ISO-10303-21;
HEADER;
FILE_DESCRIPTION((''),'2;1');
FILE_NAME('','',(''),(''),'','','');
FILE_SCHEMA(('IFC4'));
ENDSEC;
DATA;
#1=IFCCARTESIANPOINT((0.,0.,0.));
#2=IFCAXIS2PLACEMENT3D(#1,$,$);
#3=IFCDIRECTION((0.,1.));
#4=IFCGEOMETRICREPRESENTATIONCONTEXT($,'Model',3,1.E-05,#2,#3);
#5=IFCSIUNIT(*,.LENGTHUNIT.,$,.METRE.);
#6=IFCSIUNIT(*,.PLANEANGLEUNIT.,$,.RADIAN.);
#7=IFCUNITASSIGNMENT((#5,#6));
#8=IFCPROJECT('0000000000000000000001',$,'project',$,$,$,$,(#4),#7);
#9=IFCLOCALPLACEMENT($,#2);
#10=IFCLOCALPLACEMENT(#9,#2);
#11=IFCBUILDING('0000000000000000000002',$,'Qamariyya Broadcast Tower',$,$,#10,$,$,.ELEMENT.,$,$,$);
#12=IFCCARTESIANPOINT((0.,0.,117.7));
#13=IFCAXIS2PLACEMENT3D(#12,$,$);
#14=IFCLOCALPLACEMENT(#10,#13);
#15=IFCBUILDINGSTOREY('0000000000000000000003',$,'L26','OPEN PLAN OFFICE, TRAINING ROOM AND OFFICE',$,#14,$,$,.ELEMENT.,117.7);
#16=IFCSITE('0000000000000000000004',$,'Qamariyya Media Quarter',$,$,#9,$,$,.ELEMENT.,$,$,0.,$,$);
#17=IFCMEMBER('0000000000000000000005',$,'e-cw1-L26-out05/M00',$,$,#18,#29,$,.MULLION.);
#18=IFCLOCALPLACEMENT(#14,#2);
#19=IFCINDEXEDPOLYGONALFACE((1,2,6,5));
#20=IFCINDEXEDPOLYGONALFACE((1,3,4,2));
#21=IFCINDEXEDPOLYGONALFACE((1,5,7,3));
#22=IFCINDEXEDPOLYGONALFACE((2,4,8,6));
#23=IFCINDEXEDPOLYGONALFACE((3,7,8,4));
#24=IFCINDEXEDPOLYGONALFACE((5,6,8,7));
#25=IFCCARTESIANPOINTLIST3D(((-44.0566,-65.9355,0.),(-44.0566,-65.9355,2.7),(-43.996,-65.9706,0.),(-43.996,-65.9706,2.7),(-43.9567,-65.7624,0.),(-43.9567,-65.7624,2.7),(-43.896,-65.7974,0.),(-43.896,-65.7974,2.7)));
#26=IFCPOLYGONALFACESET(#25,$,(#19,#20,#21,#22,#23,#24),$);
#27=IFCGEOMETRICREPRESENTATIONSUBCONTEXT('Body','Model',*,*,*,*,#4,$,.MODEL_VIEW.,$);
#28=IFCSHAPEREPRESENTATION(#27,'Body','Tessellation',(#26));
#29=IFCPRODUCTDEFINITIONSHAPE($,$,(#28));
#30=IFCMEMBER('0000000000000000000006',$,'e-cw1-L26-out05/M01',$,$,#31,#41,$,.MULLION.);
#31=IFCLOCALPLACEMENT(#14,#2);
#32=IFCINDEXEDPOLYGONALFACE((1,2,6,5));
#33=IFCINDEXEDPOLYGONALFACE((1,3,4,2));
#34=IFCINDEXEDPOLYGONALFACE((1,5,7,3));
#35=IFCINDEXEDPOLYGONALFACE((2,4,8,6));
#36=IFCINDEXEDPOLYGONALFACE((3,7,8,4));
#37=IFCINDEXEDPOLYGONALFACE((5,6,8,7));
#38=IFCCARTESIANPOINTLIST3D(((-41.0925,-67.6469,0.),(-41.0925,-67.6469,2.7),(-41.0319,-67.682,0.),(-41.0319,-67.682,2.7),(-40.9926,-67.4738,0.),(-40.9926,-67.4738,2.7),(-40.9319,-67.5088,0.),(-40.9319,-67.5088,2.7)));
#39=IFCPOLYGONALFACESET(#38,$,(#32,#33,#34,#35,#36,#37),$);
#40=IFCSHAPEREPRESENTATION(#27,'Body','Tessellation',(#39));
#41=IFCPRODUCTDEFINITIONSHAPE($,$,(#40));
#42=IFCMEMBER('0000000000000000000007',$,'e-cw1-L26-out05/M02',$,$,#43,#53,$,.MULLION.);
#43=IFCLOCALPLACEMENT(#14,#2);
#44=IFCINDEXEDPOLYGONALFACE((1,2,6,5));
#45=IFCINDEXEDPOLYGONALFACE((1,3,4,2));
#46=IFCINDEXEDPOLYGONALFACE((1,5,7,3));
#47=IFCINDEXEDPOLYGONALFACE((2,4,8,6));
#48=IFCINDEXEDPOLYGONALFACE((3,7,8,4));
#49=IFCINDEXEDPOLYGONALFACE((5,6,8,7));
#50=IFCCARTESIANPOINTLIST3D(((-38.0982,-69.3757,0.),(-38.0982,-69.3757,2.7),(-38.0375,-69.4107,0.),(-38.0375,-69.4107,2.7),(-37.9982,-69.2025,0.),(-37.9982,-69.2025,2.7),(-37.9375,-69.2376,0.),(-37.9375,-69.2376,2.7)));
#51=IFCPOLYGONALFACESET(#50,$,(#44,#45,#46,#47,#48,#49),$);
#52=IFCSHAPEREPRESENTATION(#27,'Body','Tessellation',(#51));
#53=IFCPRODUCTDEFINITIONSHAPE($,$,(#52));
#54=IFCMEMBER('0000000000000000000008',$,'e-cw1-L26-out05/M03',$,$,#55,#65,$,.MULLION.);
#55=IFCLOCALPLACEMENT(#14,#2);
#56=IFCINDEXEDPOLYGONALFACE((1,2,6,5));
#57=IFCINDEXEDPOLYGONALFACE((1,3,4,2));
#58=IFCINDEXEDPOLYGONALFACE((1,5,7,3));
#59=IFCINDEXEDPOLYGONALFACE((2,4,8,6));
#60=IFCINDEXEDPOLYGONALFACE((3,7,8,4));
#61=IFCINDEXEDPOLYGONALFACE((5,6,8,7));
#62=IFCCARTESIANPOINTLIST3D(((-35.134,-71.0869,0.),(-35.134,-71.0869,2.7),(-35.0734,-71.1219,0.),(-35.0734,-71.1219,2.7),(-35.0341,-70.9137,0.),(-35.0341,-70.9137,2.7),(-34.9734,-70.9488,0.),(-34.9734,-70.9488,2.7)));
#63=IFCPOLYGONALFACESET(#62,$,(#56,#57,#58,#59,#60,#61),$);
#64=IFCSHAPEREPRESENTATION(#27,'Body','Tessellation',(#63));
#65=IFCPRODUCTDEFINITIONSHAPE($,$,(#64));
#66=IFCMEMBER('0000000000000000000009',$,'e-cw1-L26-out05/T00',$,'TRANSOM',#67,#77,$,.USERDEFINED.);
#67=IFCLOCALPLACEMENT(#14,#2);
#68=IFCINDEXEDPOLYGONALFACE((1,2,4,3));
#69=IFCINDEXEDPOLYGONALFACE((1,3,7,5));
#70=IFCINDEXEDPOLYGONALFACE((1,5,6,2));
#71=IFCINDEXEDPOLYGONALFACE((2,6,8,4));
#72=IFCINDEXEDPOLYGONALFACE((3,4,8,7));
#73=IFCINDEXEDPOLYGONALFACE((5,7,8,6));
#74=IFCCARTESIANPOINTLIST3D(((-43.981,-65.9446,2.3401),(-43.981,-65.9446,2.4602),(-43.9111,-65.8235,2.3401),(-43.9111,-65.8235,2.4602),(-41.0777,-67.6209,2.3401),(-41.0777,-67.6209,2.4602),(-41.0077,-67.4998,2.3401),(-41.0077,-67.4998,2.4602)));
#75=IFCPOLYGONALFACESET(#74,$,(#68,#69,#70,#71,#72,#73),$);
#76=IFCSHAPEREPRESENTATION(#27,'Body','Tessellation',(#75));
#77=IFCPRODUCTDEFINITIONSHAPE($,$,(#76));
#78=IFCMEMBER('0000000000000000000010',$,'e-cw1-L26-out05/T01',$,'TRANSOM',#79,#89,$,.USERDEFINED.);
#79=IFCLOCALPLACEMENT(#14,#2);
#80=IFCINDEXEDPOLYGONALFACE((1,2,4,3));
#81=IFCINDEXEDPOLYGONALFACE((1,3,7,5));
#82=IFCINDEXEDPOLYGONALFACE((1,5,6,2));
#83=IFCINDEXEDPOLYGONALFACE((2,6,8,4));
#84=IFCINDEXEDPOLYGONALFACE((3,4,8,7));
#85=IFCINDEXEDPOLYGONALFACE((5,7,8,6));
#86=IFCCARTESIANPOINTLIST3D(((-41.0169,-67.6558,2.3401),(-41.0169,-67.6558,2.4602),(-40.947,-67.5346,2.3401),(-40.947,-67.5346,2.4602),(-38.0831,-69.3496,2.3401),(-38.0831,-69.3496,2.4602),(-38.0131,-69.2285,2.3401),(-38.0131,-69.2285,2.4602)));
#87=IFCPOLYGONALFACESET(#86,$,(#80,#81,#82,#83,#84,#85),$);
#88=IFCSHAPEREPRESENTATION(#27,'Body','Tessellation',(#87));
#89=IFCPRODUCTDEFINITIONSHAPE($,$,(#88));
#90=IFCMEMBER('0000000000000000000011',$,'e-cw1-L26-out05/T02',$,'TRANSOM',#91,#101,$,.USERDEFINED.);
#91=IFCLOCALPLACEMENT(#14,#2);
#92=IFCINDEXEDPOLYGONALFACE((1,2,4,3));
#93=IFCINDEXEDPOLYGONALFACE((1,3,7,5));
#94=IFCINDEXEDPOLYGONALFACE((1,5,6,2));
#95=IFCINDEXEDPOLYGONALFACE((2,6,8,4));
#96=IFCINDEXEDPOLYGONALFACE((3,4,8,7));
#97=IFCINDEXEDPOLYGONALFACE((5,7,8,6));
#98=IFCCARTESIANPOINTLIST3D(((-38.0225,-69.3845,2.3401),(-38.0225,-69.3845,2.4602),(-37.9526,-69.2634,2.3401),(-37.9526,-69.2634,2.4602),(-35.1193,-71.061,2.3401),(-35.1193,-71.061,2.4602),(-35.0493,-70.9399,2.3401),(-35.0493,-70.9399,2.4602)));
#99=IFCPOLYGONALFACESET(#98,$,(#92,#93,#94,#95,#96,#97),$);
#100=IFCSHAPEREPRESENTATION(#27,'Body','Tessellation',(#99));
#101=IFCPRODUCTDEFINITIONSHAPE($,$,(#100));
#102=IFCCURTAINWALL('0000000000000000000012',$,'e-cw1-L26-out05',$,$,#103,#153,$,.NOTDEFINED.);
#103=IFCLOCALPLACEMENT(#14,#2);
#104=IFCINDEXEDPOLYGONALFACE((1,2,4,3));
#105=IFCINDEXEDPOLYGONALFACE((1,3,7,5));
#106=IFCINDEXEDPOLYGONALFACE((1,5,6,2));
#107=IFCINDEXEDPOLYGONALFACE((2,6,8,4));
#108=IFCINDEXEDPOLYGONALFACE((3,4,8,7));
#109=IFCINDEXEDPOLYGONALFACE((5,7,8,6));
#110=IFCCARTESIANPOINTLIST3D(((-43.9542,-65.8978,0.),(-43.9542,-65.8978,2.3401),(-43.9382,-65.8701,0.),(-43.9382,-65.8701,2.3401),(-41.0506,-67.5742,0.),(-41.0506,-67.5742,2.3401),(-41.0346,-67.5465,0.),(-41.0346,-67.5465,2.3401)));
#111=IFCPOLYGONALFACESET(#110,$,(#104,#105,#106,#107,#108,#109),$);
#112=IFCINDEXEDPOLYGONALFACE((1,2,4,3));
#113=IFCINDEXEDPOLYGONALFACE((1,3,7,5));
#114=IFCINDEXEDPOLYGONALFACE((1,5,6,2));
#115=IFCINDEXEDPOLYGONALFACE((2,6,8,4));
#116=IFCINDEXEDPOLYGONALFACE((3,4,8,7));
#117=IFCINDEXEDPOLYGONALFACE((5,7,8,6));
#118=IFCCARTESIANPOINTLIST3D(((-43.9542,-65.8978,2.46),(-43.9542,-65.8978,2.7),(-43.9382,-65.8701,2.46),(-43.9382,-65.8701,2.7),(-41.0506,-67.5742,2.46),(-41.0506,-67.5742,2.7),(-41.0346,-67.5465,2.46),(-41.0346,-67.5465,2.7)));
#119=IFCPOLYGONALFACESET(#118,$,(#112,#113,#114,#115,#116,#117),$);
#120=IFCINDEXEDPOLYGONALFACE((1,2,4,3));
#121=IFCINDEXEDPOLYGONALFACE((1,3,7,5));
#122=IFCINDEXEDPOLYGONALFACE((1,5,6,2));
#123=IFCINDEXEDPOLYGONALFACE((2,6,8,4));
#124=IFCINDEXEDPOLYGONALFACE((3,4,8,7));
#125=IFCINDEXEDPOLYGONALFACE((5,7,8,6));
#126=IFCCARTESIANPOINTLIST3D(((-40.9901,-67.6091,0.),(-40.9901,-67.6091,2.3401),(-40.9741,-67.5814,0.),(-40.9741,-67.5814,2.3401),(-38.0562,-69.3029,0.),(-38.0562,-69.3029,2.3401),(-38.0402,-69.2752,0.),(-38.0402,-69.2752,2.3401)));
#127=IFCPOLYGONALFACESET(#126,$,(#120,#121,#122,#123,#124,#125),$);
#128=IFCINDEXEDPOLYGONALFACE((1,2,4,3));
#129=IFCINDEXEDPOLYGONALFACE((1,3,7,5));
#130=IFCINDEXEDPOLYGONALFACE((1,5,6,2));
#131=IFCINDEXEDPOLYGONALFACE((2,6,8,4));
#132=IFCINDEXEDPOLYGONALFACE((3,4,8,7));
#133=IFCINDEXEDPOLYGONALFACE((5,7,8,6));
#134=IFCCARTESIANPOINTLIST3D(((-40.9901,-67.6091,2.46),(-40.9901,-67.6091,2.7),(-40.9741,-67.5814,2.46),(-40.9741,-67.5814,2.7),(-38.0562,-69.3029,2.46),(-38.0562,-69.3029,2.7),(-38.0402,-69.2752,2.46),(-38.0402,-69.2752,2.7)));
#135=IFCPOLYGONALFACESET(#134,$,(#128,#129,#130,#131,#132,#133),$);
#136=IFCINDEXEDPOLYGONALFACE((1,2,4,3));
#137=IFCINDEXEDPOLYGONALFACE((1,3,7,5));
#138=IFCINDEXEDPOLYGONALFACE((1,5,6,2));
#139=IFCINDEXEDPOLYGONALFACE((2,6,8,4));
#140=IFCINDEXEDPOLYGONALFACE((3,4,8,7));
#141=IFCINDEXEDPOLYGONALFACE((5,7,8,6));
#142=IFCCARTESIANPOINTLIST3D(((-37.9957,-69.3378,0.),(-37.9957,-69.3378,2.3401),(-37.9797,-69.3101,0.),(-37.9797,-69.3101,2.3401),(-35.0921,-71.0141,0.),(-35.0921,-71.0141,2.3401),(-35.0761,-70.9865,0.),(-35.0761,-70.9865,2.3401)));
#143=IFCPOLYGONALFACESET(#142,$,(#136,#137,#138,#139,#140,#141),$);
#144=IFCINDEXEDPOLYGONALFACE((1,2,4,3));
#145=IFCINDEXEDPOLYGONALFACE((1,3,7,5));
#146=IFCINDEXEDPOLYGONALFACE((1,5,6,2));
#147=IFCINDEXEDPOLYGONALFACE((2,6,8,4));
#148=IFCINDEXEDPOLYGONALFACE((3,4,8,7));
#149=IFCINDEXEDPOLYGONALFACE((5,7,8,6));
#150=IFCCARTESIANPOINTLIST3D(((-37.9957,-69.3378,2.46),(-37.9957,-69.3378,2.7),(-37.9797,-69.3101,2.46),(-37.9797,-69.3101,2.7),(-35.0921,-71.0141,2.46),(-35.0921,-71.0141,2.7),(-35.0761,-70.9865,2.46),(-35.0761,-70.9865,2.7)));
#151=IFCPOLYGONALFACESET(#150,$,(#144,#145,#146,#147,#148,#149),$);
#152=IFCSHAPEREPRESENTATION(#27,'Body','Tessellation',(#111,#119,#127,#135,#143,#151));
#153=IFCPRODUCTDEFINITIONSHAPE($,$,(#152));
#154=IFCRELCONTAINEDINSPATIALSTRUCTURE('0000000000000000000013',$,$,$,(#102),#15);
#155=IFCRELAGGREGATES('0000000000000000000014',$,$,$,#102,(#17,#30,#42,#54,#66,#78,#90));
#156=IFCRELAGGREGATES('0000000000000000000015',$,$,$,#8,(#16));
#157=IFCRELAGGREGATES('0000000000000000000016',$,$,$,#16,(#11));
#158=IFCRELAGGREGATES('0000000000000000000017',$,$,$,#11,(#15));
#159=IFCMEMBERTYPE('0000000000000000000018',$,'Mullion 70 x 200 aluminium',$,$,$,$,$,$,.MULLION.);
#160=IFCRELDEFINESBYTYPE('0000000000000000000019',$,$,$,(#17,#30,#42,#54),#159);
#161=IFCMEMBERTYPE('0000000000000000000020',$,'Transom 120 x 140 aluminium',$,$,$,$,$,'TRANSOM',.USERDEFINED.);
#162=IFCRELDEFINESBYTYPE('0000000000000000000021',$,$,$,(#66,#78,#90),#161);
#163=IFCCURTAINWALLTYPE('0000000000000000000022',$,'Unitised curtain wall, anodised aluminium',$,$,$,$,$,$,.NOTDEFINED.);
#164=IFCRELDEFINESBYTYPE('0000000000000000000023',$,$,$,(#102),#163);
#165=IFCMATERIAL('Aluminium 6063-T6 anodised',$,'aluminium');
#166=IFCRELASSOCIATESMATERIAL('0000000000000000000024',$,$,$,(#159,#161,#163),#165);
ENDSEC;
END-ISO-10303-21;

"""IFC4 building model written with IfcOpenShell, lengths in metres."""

from ifc_helpers import new_model, si_unit, direction, frame, origin, origin_2d, place, context, subcontext, project, spatial, rectangle, extrude, material, material_profile, profile_set, type_object, element, aggregate, save


model = new_model("IFC4")

# Units and contexts
model_context = context("Model", 3, precision=1e-05, world=origin(), true_north=direction((0.0, 1.0)))
body_context = subcontext(model_context, "Body", "Model", "MODEL_VIEW")
ifc_project = project(units=[si_unit("LENGTHUNIT", "METRE"), si_unit("PLANEANGLEUNIT", "RADIAN")], contexts=[model_context])

# Members
ifc_material = material(Name="Aluminium 6063-T6 anodised", Category="aluminium")
ifc_material_profile_1 = material_profile(ifc_material, rectangle(XDim=0.2, YDim=0.0701, at=origin_2d()))
ifc_profile_set_1 = profile_set([ifc_material_profile_1], Name="Aluminium 6063-T6 anodised")
member_type_1 = type_object("IfcMemberType", Name="Mullion 70 x 200 aluminium", PredefinedType="MULLION", material=ifc_profile_set_1)
site_placement = place(None, origin())
building_placement = place(site_placement, origin())
storey_placement = place(building_placement, frame((0.0, 0.0, 117.7)))
member_1_placement = place(storey_placement, frame((-43.9763, -65.8665, 0.0), z_axis=(0.0, 0.0, 1.0), x_axis=(0.5, 0.866025, 0.0)))
member_1 = element("IfcMember", 1, at=member_1_placement, type_object=member_type_1, Name="e-cw1-L26-out05/M00", PredefinedType="MULLION", context=body_context, shape_type="SweptSolid", body=[
    extrude(rectangle(XDim=0.2, YDim=0.0701, at=origin_2d()), origin(), (0.0, 0.0, 1.0), 2.7),
])
member_2_placement = place(storey_placement, frame((-41.0122, -67.5779, 0.0), z_axis=(0.0, 0.0, 1.0), x_axis=(0.5, 0.866025, 0.0)))
member_2 = element("IfcMember", 2, at=member_2_placement, type_object=member_type_1, Name="e-cw1-L26-out05/M01", PredefinedType="MULLION", context=body_context, shape_type="SweptSolid", body=[
    extrude(rectangle(XDim=0.2, YDim=0.0701, at=origin_2d()), origin(), (0.0, 0.0, 1.0), 2.7),
])
member_3_placement = place(storey_placement, frame((-38.0178, -69.3066, 0.0), z_axis=(0.0, 0.0, 1.0), x_axis=(0.5, 0.866025, 0.0)))
member_3 = element("IfcMember", 3, at=member_3_placement, type_object=member_type_1, Name="e-cw1-L26-out05/M02", PredefinedType="MULLION", context=body_context, shape_type="SweptSolid", body=[
    extrude(rectangle(XDim=0.2, YDim=0.0701, at=origin_2d()), origin(), (0.0, 0.0, 1.0), 2.7),
])
member_4_placement = place(storey_placement, frame((-35.0537, -71.0178, 0.0), z_axis=(0.0, 0.0, 1.0), x_axis=(0.5, 0.866025, 0.0)))
member_4 = element("IfcMember", 4, at=member_4_placement, type_object=member_type_1, Name="e-cw1-L26-out05/M03", PredefinedType="MULLION", context=body_context, shape_type="SweptSolid", body=[
    extrude(rectangle(XDim=0.2, YDim=0.0701, at=origin_2d()), origin(), (0.0, 0.0, 1.0), 2.7),
])
ifc_material_profile_2 = material_profile(ifc_material, rectangle(XDim=0.1399, YDim=0.1201, at=origin_2d()))
ifc_profile_set_2 = profile_set([ifc_material_profile_2], Name="Aluminium 6063-T6 anodised")
member_type_2 = type_object("IfcMemberType", Name="Transom 120 x 140 aluminium", ElementType="TRANSOM", PredefinedType="USERDEFINED", material=ifc_profile_set_2)
member_5_placement = place(storey_placement, frame((-43.946, -65.884, 2.4001), z_axis=(0.866021, -0.500008, 0.0), x_axis=(0.500008, 0.866021, 0.0)))
member_5 = element("IfcMember", 5, at=member_5_placement, type_object=member_type_2, Name="e-cw1-L26-out05/T00", ObjectType="TRANSOM", PredefinedType="USERDEFINED", context=body_context, shape_type="SweptSolid", body=[
    extrude(rectangle(XDim=0.1399, YDim=0.1201, at=origin_2d()), origin(), (0.0, 0.0, 1.0), 3.3525),
])
member_6_placement = place(storey_placement, frame((-40.9819, -67.5952, 2.4001), z_axis=(0.866026, -0.499999, 0.0), x_axis=(0.499999, 0.866026, 0.0)))
member_6 = element("IfcMember", 6, at=member_6_placement, type_object=member_type_2, Name="e-cw1-L26-out05/T01", ObjectType="TRANSOM", PredefinedType="USERDEFINED", context=body_context, shape_type="SweptSolid", body=[
    extrude(rectangle(XDim=0.1399, YDim=0.1201, at=origin_2d()), origin(), (0.0, 0.0, 1.0), 3.3877),
])
member_7_placement = place(storey_placement, frame((-37.9875, -69.324, 2.4001), z_axis=(0.865989, -0.500063, 0.0), x_axis=(0.500063, 0.865989, 0.0)))
member_7 = element("IfcMember", 7, at=member_7_placement, type_object=member_type_2, Name="e-cw1-L26-out05/T02", ObjectType="TRANSOM", PredefinedType="USERDEFINED", context=body_context, shape_type="SweptSolid", body=[
    extrude(rectangle(XDim=0.1399, YDim=0.1201, at=origin_2d()), origin(), (0.0, 0.0, 1.0), 3.3525),
])

# Site, building, storey
site = spatial("IfcSite", under=ifc_project, at=site_placement, Name="Qamariyya Media Quarter", CompositionType="ELEMENT", RefElevation=0.0)
building = spatial("IfcBuilding", under=site, at=building_placement, Name="Qamariyya Broadcast Tower", CompositionType="ELEMENT")
storey = spatial("IfcBuildingStorey", under=building, at=storey_placement, Name="L26", Description="OPEN PLAN OFFICE, TRAINING ROOM AND OFFICE", CompositionType="ELEMENT", Elevation=117.7)

# Curtain wall
curtain_wall_type = type_object("IfcCurtainWallType", Name="Unitised curtain wall, anodised aluminium", PredefinedType="NOTDEFINED", material=ifc_material)
curtain_wall_1_placement = place(storey_placement, origin())
curtain_wall_1 = element("IfcCurtainWall", 8, at=curtain_wall_1_placement, inside=storey, type_object=curtain_wall_type, Name="e-cw1-L26-out05", PredefinedType="NOTDEFINED", context=body_context, shape_type="SweptSolid", body=[
    extrude(rectangle(XDim=3.3528, YDim=0.032, at=origin_2d()), frame((-42.4944, -66.7222, 0.0), x_axis=(0.866027, -0.499997, 0.0)), (0.0, 0.0, 1.0), 2.3401),
    extrude(rectangle(XDim=3.3528, YDim=0.032, at=origin_2d()), frame((-42.4944, -66.7222, 2.46), x_axis=(0.866027, -0.499997, 0.0)), (0.0, 0.0, 1.0), 0.24),
    extrude(rectangle(XDim=3.3877, YDim=0.032, at=origin_2d()), frame((-39.5151, -68.4421, 0.0), x_axis=(0.866027, -0.499997, 0.0)), (0.0, 0.0, 1.0), 2.3401),
    extrude(rectangle(XDim=3.3877, YDim=0.032, at=origin_2d()), frame((-39.5151, -68.4421, 2.46), x_axis=(0.866027, -0.499997, 0.0)), (0.0, 0.0, 1.0), 0.24),
    extrude(rectangle(XDim=3.3528, YDim=0.032, at=origin_2d()), frame((-36.5359, -70.1621, 0.0), x_axis=(0.866027, -0.499997, 0.0)), (0.0, 0.0, 1.0), 2.3401),
    extrude(rectangle(XDim=3.3528, YDim=0.032, at=origin_2d()), frame((-36.5359, -70.1621, 2.46), x_axis=(0.866027, -0.499997, 0.0)), (0.0, 0.0, 1.0), 0.24),
])
aggregate(curtain_wall_1, [member_1, member_2, member_3, member_4, member_5, member_6, member_7])

save(model, "model.ifc")
